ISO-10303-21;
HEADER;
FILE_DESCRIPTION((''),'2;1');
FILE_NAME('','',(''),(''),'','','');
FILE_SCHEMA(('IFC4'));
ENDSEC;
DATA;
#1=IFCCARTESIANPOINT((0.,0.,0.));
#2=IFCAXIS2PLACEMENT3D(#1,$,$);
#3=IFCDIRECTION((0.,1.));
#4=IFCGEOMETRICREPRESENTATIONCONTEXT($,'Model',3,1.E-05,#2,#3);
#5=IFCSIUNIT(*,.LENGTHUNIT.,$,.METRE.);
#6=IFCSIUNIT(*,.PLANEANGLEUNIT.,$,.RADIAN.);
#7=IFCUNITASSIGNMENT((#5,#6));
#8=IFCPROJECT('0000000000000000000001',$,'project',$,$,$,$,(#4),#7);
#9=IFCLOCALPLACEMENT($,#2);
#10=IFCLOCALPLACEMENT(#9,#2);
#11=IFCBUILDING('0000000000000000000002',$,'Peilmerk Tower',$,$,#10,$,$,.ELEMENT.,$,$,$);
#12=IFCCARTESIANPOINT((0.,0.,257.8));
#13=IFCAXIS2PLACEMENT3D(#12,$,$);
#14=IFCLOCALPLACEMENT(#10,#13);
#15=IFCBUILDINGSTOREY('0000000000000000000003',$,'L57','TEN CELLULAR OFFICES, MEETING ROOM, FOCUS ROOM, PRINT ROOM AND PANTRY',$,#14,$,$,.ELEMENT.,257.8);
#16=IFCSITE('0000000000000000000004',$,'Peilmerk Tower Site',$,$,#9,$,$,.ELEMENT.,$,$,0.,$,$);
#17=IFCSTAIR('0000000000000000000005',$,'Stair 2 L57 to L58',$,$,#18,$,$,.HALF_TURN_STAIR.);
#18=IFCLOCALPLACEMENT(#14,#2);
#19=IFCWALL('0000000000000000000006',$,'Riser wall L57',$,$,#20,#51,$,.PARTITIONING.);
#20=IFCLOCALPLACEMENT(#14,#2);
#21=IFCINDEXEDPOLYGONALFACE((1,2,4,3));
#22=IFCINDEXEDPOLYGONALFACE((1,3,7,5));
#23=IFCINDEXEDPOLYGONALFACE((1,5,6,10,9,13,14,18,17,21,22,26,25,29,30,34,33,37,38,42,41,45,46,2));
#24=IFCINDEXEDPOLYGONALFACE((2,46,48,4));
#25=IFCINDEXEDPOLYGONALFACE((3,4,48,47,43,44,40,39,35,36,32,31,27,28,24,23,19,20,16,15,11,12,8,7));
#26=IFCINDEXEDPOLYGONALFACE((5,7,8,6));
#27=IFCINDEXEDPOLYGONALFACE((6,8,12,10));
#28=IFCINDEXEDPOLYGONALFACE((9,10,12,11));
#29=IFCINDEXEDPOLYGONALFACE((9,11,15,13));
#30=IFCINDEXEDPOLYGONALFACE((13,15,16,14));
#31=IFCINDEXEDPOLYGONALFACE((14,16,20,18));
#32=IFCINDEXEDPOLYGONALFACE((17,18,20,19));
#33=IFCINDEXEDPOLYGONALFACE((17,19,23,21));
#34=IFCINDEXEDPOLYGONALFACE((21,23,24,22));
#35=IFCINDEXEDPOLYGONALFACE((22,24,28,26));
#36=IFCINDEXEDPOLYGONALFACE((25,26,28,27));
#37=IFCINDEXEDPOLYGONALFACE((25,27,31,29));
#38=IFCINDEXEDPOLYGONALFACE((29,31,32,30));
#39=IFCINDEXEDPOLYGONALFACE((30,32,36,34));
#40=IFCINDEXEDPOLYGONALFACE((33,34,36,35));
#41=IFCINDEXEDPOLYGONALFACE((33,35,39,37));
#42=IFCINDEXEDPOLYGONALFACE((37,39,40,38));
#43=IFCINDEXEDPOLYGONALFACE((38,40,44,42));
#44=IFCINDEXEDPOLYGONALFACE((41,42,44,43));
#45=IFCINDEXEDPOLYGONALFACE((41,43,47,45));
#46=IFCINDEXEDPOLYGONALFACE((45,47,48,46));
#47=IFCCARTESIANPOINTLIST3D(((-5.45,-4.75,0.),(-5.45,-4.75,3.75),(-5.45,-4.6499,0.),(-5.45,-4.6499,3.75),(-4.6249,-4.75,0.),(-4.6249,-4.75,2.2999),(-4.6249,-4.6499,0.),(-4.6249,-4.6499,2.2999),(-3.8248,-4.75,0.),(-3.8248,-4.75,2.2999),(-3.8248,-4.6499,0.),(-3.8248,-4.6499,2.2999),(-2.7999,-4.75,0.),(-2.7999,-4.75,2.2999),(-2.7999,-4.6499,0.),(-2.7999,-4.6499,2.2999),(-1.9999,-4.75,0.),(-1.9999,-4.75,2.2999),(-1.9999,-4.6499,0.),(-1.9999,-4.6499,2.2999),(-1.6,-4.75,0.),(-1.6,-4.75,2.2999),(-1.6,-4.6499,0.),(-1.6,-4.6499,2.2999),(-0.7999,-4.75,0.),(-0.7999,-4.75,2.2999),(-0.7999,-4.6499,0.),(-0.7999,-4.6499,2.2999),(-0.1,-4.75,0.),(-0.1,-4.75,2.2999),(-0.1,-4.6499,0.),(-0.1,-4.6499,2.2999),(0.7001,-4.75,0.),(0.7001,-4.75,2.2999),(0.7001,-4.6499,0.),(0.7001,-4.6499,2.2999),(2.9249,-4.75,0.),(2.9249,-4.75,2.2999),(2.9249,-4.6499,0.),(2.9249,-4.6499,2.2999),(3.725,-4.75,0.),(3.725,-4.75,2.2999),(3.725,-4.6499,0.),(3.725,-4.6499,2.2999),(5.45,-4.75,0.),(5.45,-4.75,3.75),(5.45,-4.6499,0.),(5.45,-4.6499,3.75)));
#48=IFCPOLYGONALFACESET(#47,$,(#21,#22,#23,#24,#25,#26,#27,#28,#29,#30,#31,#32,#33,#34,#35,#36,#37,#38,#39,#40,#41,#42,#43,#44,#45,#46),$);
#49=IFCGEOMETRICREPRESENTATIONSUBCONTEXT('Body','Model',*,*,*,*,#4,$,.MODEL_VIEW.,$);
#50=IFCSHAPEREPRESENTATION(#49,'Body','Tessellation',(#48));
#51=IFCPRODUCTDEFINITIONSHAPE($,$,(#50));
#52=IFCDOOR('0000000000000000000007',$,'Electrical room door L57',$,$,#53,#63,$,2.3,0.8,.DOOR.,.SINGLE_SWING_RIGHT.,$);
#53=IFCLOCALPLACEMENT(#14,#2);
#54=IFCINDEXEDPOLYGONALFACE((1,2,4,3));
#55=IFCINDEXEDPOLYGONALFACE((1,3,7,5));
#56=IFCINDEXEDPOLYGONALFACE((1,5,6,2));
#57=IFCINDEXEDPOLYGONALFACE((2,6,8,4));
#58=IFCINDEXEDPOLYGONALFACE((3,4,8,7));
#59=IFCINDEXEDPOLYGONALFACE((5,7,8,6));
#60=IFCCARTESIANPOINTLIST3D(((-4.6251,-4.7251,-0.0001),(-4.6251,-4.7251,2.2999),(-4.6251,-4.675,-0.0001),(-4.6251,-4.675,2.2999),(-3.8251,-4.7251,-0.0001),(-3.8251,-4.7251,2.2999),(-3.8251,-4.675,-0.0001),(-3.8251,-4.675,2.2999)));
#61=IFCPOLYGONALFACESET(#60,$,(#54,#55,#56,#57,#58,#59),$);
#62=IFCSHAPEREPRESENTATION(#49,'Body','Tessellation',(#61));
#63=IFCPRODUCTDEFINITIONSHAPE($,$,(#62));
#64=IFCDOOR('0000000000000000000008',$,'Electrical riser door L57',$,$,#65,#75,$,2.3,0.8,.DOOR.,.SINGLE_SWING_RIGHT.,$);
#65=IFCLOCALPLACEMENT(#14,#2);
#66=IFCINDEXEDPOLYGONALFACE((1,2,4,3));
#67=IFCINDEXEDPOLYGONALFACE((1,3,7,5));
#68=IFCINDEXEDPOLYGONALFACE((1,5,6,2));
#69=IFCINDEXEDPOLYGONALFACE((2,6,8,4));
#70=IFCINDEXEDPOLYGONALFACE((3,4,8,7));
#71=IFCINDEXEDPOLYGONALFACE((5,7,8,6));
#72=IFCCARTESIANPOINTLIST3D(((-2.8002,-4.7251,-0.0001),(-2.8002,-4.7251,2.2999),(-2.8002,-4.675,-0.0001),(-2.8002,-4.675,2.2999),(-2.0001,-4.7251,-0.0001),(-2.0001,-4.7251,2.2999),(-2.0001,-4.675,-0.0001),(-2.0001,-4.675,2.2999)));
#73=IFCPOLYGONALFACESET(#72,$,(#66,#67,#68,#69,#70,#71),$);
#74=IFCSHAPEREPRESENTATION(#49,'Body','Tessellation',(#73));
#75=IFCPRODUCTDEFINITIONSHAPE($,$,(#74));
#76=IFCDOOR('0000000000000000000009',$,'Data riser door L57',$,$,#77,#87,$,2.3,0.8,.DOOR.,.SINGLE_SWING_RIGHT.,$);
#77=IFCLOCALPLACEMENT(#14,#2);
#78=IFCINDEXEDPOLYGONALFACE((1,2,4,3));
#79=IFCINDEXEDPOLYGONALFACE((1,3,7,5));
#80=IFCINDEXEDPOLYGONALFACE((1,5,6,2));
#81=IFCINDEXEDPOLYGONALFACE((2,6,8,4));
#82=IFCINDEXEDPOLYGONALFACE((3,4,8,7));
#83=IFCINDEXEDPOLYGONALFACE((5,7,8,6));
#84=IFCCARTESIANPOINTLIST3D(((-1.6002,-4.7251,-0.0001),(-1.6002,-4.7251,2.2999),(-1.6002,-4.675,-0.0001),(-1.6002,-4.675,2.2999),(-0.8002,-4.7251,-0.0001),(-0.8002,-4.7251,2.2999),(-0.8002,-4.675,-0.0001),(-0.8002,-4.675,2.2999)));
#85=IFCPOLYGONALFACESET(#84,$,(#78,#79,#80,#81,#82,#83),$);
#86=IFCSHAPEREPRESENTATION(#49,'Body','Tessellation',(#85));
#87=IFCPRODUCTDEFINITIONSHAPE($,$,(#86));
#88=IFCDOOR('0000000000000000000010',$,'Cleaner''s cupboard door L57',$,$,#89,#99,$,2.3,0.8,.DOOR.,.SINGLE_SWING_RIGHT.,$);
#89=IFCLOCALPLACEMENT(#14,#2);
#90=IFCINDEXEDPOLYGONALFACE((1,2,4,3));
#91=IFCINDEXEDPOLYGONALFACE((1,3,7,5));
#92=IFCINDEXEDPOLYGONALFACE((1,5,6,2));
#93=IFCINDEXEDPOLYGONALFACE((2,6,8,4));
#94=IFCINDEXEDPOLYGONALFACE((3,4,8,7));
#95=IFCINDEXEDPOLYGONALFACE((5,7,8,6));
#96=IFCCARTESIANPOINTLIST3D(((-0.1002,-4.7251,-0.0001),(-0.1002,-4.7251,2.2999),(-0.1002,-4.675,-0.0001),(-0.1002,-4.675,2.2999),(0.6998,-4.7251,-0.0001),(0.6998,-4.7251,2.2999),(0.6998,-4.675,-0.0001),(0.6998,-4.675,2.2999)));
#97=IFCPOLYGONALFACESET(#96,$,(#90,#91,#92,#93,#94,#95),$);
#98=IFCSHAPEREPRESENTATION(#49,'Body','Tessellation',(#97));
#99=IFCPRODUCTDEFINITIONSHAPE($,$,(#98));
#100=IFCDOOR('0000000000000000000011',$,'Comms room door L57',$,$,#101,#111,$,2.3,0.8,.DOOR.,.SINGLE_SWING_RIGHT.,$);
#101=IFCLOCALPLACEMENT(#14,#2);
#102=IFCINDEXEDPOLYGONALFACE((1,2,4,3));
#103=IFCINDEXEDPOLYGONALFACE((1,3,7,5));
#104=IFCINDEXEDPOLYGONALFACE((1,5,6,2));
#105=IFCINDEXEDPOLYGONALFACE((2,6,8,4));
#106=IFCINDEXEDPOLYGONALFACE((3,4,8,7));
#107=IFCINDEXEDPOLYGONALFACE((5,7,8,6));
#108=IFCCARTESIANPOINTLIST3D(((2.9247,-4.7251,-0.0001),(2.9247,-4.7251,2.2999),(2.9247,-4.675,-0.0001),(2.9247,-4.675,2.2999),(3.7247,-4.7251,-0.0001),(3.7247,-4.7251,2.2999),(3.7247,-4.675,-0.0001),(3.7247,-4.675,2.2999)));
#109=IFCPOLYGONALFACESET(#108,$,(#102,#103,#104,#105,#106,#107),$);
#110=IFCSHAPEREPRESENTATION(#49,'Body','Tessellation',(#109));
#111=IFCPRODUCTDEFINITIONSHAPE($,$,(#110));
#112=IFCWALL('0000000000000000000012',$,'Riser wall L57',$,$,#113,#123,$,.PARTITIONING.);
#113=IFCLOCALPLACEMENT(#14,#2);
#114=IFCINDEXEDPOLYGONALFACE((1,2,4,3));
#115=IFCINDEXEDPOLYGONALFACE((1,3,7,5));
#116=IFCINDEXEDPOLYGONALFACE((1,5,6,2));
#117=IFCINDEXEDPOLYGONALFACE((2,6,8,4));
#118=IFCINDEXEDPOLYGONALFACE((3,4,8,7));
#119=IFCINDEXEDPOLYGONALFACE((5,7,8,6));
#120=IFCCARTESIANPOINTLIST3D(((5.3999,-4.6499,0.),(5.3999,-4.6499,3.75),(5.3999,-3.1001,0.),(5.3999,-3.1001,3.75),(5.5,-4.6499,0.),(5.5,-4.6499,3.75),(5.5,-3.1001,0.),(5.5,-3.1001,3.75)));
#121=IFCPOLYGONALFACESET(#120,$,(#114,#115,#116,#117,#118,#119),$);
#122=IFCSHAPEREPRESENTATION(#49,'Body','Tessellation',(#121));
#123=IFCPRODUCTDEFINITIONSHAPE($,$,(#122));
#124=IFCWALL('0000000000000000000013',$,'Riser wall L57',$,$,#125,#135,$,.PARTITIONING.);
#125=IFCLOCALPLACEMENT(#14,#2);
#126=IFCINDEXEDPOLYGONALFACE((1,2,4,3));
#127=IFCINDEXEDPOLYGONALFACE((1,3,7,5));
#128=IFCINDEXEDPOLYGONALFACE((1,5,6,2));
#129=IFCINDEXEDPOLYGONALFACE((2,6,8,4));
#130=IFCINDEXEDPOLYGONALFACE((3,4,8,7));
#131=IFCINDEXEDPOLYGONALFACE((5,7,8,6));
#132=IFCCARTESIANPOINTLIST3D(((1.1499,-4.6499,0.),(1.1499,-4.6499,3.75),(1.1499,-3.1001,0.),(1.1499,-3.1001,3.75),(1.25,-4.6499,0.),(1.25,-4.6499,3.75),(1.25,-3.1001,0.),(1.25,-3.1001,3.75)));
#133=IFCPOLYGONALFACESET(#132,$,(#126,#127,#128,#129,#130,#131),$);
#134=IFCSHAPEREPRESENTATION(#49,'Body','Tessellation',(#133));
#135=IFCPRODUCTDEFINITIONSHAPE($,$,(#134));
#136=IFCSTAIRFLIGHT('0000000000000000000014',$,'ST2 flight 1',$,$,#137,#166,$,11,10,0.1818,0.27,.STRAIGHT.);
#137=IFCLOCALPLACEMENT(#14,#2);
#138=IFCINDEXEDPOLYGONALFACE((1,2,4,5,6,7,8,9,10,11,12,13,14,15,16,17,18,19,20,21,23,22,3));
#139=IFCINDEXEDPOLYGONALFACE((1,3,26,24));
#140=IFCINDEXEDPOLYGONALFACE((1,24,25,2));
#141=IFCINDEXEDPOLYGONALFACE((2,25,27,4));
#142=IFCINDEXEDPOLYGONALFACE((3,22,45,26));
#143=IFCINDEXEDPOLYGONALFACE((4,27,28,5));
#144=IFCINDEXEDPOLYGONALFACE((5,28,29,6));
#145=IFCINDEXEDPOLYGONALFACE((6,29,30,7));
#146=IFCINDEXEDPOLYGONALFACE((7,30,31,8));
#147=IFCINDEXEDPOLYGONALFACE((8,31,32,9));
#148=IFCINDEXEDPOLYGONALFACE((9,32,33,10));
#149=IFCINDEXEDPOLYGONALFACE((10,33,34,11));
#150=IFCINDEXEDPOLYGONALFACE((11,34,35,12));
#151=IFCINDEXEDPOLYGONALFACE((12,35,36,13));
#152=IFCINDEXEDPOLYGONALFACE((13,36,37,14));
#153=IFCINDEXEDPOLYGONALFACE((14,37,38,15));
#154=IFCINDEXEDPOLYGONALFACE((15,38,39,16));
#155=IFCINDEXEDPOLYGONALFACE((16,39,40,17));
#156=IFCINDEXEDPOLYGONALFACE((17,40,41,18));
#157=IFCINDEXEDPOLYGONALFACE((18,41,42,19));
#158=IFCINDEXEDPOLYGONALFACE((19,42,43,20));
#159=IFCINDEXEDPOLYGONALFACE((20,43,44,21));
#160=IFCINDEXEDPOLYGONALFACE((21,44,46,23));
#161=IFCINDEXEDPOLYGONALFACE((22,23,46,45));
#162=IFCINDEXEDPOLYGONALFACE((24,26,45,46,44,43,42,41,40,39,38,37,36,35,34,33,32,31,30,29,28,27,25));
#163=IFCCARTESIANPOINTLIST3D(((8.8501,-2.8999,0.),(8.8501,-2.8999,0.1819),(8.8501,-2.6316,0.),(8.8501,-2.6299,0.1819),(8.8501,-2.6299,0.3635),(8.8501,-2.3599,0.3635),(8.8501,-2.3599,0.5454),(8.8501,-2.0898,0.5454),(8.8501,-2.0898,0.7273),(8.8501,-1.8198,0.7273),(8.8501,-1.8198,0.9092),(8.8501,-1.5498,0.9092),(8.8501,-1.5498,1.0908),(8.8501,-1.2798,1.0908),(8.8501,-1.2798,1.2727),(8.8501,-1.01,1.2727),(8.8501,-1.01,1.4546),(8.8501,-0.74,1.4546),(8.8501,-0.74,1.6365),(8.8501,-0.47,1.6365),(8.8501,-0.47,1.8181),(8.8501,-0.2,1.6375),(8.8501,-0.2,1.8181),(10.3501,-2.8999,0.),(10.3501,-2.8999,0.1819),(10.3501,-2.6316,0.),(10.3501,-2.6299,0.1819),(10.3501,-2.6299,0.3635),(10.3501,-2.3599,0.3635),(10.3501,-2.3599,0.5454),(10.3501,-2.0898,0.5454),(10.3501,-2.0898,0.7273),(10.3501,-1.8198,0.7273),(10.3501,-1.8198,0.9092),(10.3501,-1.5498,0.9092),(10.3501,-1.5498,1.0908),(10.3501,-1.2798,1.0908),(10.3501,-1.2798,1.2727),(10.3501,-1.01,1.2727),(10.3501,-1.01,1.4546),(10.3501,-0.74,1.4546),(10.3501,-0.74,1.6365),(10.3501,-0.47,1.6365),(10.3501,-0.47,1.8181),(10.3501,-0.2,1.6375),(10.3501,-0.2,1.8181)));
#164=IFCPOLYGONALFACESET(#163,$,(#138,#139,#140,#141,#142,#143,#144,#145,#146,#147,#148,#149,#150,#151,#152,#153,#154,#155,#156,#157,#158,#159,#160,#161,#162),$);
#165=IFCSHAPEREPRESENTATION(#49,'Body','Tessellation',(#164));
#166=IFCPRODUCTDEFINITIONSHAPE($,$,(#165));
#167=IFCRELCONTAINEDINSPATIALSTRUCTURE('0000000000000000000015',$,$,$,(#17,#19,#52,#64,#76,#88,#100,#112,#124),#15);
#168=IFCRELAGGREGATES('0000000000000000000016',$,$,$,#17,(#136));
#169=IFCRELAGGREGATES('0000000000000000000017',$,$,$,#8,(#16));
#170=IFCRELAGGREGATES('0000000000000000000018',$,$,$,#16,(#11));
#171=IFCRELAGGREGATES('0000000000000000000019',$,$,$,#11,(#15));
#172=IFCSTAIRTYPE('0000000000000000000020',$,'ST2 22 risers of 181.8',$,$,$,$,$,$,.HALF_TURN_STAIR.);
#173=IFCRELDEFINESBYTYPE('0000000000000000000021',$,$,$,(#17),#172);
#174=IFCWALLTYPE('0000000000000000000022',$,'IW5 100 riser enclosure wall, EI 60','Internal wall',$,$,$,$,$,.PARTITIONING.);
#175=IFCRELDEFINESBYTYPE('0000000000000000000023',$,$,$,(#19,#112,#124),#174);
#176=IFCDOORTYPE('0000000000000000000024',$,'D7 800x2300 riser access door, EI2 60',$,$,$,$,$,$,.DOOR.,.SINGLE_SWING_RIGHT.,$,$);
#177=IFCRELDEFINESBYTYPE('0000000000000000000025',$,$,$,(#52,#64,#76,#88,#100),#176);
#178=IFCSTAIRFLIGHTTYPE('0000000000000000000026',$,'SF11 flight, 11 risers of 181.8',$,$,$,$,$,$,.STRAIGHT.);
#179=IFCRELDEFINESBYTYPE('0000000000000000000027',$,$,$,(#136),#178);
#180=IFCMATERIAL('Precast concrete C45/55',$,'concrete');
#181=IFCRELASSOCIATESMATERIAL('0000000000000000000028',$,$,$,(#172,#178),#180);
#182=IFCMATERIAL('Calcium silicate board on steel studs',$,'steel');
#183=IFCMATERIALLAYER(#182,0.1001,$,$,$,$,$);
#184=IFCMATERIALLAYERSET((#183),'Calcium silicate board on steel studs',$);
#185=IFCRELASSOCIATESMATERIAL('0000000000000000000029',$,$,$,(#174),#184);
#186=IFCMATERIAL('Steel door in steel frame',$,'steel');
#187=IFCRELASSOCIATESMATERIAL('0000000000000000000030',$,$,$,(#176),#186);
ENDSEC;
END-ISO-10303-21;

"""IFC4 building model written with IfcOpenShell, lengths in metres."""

from ifc_helpers import new_model, si_unit, direction, frame, frame_2d, origin, place, context, subcontext, project, spatial, polyline, rectangle, outline, extrude, material, layer, layer_set, type_object, element, fill, aggregate, save


model = new_model("IFC4")

# Units and contexts
model_context = context("Model", 3, precision=1e-05, world=origin(), true_north=direction((0.0, 1.0)))
body_context = subcontext(model_context, "Body", "Model", "MODEL_VIEW")
ifc_project = project(units=[si_unit("LENGTHUNIT", "METRE"), si_unit("PLANEANGLEUNIT", "RADIAN")], contexts=[model_context])

# Site, building, storey
site_placement = place(None, origin())
site = spatial("IfcSite", under=ifc_project, at=site_placement, Name="Peilmerk Tower Site", CompositionType="ELEMENT", RefElevation=0.0)
building_placement = place(site_placement, origin())
building = spatial("IfcBuilding", under=site, at=building_placement, Name="Peilmerk Tower", CompositionType="ELEMENT")
storey_placement = place(building_placement, frame((0.0, 0.0, 257.8)))
storey = spatial("IfcBuildingStorey", under=building, at=storey_placement, Name="L57", Description="TEN CELLULAR OFFICES, MEETING ROOM, FOCUS ROOM, PRINT ROOM AND PANTRY", CompositionType="ELEMENT", Elevation=257.8)

# Stair
ifc_material_1 = material(Name="Precast concrete C45/55", Category="concrete")
stair_type_1 = type_object("IfcStairType", Name="ST2 22 risers of 181.8", PredefinedType="HALF_TURN_STAIR", material=ifc_material_1)
stair_1_placement = place(storey_placement, origin())
stair_1 = element("IfcStair", 1, at=stair_1_placement, inside=storey, type_object=stair_type_1, Name="Stair 2 L57 to L58", PredefinedType="HALF_TURN_STAIR")

# Shared definitions
ifc_material_2 = material(Name="Steel door in steel frame", Category="steel")

# Shared definitions
ifc_material_3 = material(Name="Calcium silicate board on steel studs", Category="steel")
ifc_layer_1 = layer(ifc_material_3, 0.1001)
ifc_layer_set_1 = layer_set([ifc_layer_1], Name="Calcium silicate board on steel studs")
wall_type_1 = type_object("IfcWallType", Name="IW5 100 riser enclosure wall, EI 60", Description="Internal wall", PredefinedType="PARTITIONING", material=ifc_layer_set_1)

# Wall, openings, doors
wall_1_placement = place(storey_placement, frame((5.45, -4.7, 0.0), z_axis=(0.0, 0.0, 1.0), x_axis=(-1.0, 0.0, 0.0)))
wall_1 = element("IfcWall", 2, at=wall_1_placement, inside=storey, type_object=wall_type_1, Name="Riser wall L57", PredefinedType="PARTITIONING", context=body_context, shape_type="SweptSolid", body=[
    extrude(rectangle(XDim=10.8999, YDim=0.1001, at=frame_2d((5.45, 0.0))), origin(), (0.0, 0.0, 1.0), 3.75),
])
opening_1_placement = place(wall_1_placement, frame((9.2749, 0.0, 0.0)))
opening_1 = element("IfcOpeningElement", 3, at=opening_1_placement, cuts=wall_1, PredefinedType="OPENING", context=body_context, shape_type="SweptSolid", body=[
    extrude(rectangle(XDim=0.8, YDim=2.3, at=frame_2d((0.3999, 1.1499))), frame((0.0, 0.0601, 0.0), z_axis=(0.0, -1.0, 0.0), x_axis=(1.0, 0.0, 0.0)), (0.0, 0.0, 1.0), 0.1201),
])
opening_2_placement = place(wall_1_placement, frame((7.45, 0.0, 0.0)))
opening_2 = element("IfcOpeningElement", 4, at=opening_2_placement, cuts=wall_1, PredefinedType="OPENING", context=body_context, shape_type="SweptSolid", body=[
    extrude(rectangle(XDim=0.8, YDim=2.3, at=frame_2d((0.3999, 1.1499))), frame((0.0, 0.0601, 0.0), z_axis=(0.0, -1.0, 0.0), x_axis=(1.0, 0.0, 0.0)), (0.0, 0.0, 1.0), 0.1201),
])
opening_3_placement = place(wall_1_placement, frame((6.25, 0.0, 0.0)))
opening_3 = element("IfcOpeningElement", 5, at=opening_3_placement, cuts=wall_1, PredefinedType="OPENING", context=body_context, shape_type="SweptSolid", body=[
    extrude(rectangle(XDim=0.8, YDim=2.3, at=frame_2d((0.3999, 1.1499))), frame((0.0, 0.0601, 0.0), z_axis=(0.0, -1.0, 0.0), x_axis=(1.0, 0.0, 0.0)), (0.0, 0.0, 1.0), 0.1201),
])
opening_4_placement = place(wall_1_placement, frame((4.75, 0.0, 0.0)))
opening_4 = element("IfcOpeningElement", 6, at=opening_4_placement, cuts=wall_1, PredefinedType="OPENING", context=body_context, shape_type="SweptSolid", body=[
    extrude(rectangle(XDim=0.8, YDim=2.3, at=frame_2d((0.3999, 1.1499))), frame((0.0, 0.0601, 0.0), z_axis=(0.0, -1.0, 0.0), x_axis=(1.0, 0.0, 0.0)), (0.0, 0.0, 1.0), 0.1201),
])
opening_5_placement = place(wall_1_placement, frame((1.7251, 0.0, 0.0)))
opening_5 = element("IfcOpeningElement", 7, at=opening_5_placement, cuts=wall_1, PredefinedType="OPENING", context=body_context, shape_type="SweptSolid", body=[
    extrude(rectangle(XDim=0.8, YDim=2.3, at=frame_2d((0.3999, 1.1499))), frame((0.0, 0.0601, 0.0), z_axis=(0.0, -1.0, 0.0), x_axis=(1.0, 0.0, 0.0)), (0.0, 0.0, 1.0), 0.1201),
])
door_type_1 = type_object("IfcDoorType", Name="D7 800x2300 riser access door, EI2 60", OperationType="SINGLE_SWING_RIGHT", PredefinedType="DOOR", material=ifc_material_2)
door_1_placement = place(opening_1_placement, frame((0.8, 0.0, 0.0), z_axis=(0.0, 0.0, 1.0), x_axis=(-1.0, 0.0, 0.0)))
door_1 = element("IfcDoor", 8, at=door_1_placement, inside=storey, type_object=door_type_1, Name="Electrical room door L57", OperationType="SINGLE_SWING_RIGHT", OverallHeight=2.3, OverallWidth=0.8, PredefinedType="DOOR", context=body_context, shape_type="SweptSolid", body=[
    extrude(rectangle(XDim=0.8, YDim=2.3, at=frame_2d((0.3999, 1.1499))), frame((0.0, 0.0249, 0.0), z_axis=(0.0, -1.0, 0.0), x_axis=(1.0, 0.0, 0.0)), (0.0, 0.0, 1.0), 0.05),
])
fill(opening_1, door_1)
door_2_placement = place(opening_2_placement, frame((0.8, 0.0, 0.0), z_axis=(0.0, 0.0, 1.0), x_axis=(-1.0, 0.0, 0.0)))
door_2 = element("IfcDoor", 9, at=door_2_placement, inside=storey, type_object=door_type_1, Name="Electrical riser door L57", OperationType="SINGLE_SWING_RIGHT", OverallHeight=2.3, OverallWidth=0.8, PredefinedType="DOOR", context=body_context, shape_type="SweptSolid", body=[
    extrude(rectangle(XDim=0.8, YDim=2.3, at=frame_2d((0.3999, 1.1499))), frame((0.0, 0.0249, 0.0), z_axis=(0.0, -1.0, 0.0), x_axis=(1.0, 0.0, 0.0)), (0.0, 0.0, 1.0), 0.05),
])
fill(opening_2, door_2)
door_3_placement = place(opening_3_placement, frame((0.8, 0.0, 0.0), z_axis=(0.0, 0.0, 1.0), x_axis=(-1.0, 0.0, 0.0)))
door_3 = element("IfcDoor", 10, at=door_3_placement, inside=storey, type_object=door_type_1, Name="Data riser door L57", OperationType="SINGLE_SWING_RIGHT", OverallHeight=2.3, OverallWidth=0.8, PredefinedType="DOOR", context=body_context, shape_type="SweptSolid", body=[
    extrude(rectangle(XDim=0.8, YDim=2.3, at=frame_2d((0.3999, 1.1499))), frame((0.0, 0.0249, 0.0), z_axis=(0.0, -1.0, 0.0), x_axis=(1.0, 0.0, 0.0)), (0.0, 0.0, 1.0), 0.05),
])
fill(opening_3, door_3)
door_4_placement = place(opening_4_placement, frame((0.8, 0.0, 0.0), z_axis=(0.0, 0.0, 1.0), x_axis=(-1.0, 0.0, 0.0)))
door_4 = element("IfcDoor", 11, at=door_4_placement, inside=storey, type_object=door_type_1, Name="Cleaner's cupboard door L57", OperationType="SINGLE_SWING_RIGHT", OverallHeight=2.3, OverallWidth=0.8, PredefinedType="DOOR", context=body_context, shape_type="SweptSolid", body=[
    extrude(rectangle(XDim=0.8, YDim=2.3, at=frame_2d((0.3999, 1.1499))), frame((0.0, 0.0249, 0.0), z_axis=(0.0, -1.0, 0.0), x_axis=(1.0, 0.0, 0.0)), (0.0, 0.0, 1.0), 0.05),
])
fill(opening_4, door_4)
door_5_placement = place(opening_5_placement, frame((0.8, 0.0, 0.0), z_axis=(0.0, 0.0, 1.0), x_axis=(-1.0, 0.0, 0.0)))
door_5 = element("IfcDoor", 12, at=door_5_placement, inside=storey, type_object=door_type_1, Name="Comms room door L57", OperationType="SINGLE_SWING_RIGHT", OverallHeight=2.3, OverallWidth=0.8, PredefinedType="DOOR", context=body_context, shape_type="SweptSolid", body=[
    extrude(rectangle(XDim=0.8, YDim=2.3, at=frame_2d((0.3999, 1.1499))), frame((0.0, 0.0249, 0.0), z_axis=(0.0, -1.0, 0.0), x_axis=(1.0, 0.0, 0.0)), (0.0, 0.0, 1.0), 0.05),
])
fill(opening_5, door_5)

# Walls
for number, where, z_axis, x_axis, name in (
    (13, (5.45, -3.1001, 0.0), (0.0, 0.0, 1.0), (0.0, -1.0, 0.0), "Riser wall L57"),
    (14, (1.2, -3.1001, 0.0), (0.0, 0.0, 1.0), (0.0, -1.0, 0.0), "Riser wall L57"),
):
    element("IfcWall", number, at=place(storey_placement, frame(where, z_axis=z_axis, x_axis=x_axis)), inside=storey, type_object=wall_type_1, Name=name, PredefinedType="PARTITIONING", context=body_context, shape_type="SweptSolid", body=[
        extrude(rectangle(XDim=1.5498, YDim=0.1001, at=frame_2d((0.7749, 0.0))), origin(), (0.0, 0.0, 1.0), 3.75),
    ])

# Stair flight
stair_flight_type = type_object("IfcStairFlightType", Name="SF11 flight, 11 risers of 181.8", PredefinedType="STRAIGHT", material=ifc_material_1)
stair_flight_1_placement = place(storey_placement, frame((9.6001, -2.8999, 0.0), z_axis=(0.0, 0.0, 1.0), x_axis=(0.0, 1.0, 0.0)))
stair_flight_1 = element("IfcStairFlight", 15, at=stair_flight_1_placement, type_object=stair_flight_type, Name="ST2 flight 1", NumberOfRisers=11, NumberOfTreads=10, PredefinedType="STRAIGHT", RiserHeight=0.1818, TreadLength=0.27, context=body_context, shape_type="SweptSolid", body=[
    extrude(outline(polyline([(0.0, 0.0), (0.0, 0.1819), (0.27, 0.1819), (0.27, 0.3635), (0.54, 0.3635), (0.54, 0.5454), (0.8101, 0.5454), (0.8101, 0.7273), (1.0801, 0.7273), (1.0801, 0.9092), (1.3501, 0.9092), (1.3501, 1.0908), (1.6201, 1.0908), (1.6201, 1.2727), (1.8899, 1.2727), (1.8899, 1.4546), (2.1599, 1.4546), (2.1599, 1.6365), (2.4299, 1.6365), (2.4299, 1.8181), (2.7, 1.8181), (2.7, 2.0), (2.7, 1.6375), (0.2683, 0.0), (0.0, 0.0)])), frame((0.0, 0.75, 0.0), z_axis=(0.0, -1.0, 0.0), x_axis=(1.0, 0.0, 0.0)), (0.0, 0.0, 1.0), 1.5),
])
aggregate(stair_1, [stair_flight_1])

save(model, "model.ifc")
